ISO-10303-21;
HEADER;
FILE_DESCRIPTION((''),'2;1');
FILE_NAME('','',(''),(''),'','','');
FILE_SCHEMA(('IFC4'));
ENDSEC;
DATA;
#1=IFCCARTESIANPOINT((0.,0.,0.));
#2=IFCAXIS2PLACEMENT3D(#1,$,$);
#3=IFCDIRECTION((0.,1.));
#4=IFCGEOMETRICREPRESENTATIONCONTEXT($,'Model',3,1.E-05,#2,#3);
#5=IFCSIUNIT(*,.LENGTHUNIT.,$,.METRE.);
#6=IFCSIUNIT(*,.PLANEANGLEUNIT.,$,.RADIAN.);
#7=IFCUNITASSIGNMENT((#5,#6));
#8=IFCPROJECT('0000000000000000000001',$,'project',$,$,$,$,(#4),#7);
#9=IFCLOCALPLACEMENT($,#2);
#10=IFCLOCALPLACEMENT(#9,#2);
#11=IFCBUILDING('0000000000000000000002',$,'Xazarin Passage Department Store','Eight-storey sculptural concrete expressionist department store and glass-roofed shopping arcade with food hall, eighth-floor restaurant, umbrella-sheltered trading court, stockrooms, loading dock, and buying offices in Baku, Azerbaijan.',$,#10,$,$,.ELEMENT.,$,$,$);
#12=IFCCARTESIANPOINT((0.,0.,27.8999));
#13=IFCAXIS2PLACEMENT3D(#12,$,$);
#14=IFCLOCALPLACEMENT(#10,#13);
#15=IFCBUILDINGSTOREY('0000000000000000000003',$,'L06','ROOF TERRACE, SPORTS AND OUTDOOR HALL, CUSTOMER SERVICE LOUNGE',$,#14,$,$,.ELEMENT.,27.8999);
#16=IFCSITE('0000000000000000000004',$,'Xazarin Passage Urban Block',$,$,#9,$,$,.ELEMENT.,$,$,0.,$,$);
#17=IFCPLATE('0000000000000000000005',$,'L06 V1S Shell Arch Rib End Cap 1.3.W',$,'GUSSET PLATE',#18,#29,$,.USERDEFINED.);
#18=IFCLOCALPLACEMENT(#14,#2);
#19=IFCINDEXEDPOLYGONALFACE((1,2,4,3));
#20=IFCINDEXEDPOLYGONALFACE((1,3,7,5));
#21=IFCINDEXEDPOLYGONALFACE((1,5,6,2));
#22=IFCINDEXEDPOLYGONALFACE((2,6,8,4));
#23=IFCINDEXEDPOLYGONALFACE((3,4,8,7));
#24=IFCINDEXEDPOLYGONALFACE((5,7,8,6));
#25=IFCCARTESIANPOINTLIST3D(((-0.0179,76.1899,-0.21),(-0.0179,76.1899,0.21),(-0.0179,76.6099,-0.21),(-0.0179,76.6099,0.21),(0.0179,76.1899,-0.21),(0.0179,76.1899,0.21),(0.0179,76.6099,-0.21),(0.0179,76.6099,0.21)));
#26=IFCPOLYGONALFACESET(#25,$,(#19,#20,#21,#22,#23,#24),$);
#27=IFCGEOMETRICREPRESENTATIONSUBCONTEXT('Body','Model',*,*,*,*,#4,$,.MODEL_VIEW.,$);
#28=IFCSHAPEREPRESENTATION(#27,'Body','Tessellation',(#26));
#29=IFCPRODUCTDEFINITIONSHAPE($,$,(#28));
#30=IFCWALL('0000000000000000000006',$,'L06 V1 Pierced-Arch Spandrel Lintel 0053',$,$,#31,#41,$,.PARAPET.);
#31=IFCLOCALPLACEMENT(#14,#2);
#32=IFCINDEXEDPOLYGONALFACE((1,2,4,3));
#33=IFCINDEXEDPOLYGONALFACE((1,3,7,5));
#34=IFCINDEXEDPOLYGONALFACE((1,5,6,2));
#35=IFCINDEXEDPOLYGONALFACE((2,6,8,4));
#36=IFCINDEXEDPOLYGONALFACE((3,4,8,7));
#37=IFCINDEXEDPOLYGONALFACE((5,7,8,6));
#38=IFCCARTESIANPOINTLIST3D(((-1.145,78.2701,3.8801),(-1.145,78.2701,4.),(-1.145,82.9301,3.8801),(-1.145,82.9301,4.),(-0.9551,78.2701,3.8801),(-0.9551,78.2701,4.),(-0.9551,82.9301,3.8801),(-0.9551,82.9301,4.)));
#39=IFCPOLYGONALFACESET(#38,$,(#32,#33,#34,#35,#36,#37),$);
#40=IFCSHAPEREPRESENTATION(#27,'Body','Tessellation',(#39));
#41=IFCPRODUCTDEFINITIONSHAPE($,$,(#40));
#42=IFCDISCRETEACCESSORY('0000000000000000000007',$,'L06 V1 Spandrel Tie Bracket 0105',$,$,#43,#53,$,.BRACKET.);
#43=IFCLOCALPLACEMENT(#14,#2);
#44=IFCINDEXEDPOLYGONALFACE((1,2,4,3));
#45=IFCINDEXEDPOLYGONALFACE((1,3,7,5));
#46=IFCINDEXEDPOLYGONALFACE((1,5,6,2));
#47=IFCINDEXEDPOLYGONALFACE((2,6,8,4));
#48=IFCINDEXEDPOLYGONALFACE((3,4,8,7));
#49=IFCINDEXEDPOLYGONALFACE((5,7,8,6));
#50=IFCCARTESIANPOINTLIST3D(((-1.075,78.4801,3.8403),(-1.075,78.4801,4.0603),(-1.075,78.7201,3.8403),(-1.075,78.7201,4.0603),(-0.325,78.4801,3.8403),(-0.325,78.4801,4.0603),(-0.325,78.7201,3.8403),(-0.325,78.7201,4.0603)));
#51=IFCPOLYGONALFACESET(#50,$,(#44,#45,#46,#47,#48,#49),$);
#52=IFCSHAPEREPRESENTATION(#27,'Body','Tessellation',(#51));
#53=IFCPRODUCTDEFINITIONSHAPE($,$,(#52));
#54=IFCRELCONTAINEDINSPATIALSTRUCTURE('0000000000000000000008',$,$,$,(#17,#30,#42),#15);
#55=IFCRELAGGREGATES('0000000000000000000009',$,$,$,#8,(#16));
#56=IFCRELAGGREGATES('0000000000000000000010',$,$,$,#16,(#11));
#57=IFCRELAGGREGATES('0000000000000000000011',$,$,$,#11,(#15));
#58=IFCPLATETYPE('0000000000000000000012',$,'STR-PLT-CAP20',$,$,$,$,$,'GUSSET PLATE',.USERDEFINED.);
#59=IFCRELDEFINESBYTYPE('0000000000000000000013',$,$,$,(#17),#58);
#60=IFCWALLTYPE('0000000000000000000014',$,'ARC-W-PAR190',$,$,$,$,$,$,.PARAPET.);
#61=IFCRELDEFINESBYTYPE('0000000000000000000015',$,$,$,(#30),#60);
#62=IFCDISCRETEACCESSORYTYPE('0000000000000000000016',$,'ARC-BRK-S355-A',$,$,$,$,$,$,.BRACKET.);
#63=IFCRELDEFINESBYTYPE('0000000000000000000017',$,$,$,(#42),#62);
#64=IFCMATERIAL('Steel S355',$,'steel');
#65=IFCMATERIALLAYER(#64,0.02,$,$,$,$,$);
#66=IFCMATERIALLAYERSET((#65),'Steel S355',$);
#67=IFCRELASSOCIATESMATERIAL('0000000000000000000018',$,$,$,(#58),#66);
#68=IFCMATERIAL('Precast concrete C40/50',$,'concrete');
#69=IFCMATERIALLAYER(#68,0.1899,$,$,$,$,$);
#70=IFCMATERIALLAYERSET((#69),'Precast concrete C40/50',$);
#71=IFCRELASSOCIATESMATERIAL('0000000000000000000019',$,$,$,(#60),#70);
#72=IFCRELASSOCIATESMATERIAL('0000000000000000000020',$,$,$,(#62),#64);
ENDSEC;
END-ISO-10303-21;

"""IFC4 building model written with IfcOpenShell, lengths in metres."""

from ifc_helpers import new_model, si_unit, direction, frame, frame_2d, origin, origin_2d, place, context, subcontext, project, spatial, rectangle, extrude, material, layer, layer_set, type_object, element, save


model = new_model("IFC4")

# Units and contexts
model_context = context("Model", 3, precision=1e-05, world=origin(), true_north=direction((0.0, 1.0)))
body_context = subcontext(model_context, "Body", "Model", "MODEL_VIEW")
ifc_project = project(units=[si_unit("LENGTHUNIT", "METRE"), si_unit("PLANEANGLEUNIT", "RADIAN")], contexts=[model_context])

# Site, building, storey
site_placement = place(None, origin())
site = spatial("IfcSite", under=ifc_project, at=site_placement, Name="Xazarin Passage Urban Block", CompositionType="ELEMENT", RefElevation=0.0)
building_placement = place(site_placement, origin())
building = spatial("IfcBuilding", under=site, at=building_placement, Name="Xazarin Passage Department Store", Description="Eight-storey sculptural concrete expressionist department store and glass-roofed shopping arcade with food hall, eighth-floor restaurant, umbrella-sheltered trading court, stockrooms, loading dock, and buying offices in Baku, Azerbaijan.", CompositionType="ELEMENT")
storey_placement = place(building_placement, frame((0.0, 0.0, 27.8999)))
storey = spatial("IfcBuildingStorey", under=building, at=storey_placement, Name="L06", Description="ROOF TERRACE, SPORTS AND OUTDOOR HALL, CUSTOMER SERVICE LOUNGE", CompositionType="ELEMENT", Elevation=27.8999)

# Shared definitions
ifc_material_1 = material(Name="Steel S355", Category="steel")

# Plate
ifc_material_2 = material(Name="Precast concrete C40/50", Category="concrete")
ifc_layer_1 = layer(ifc_material_1, 0.02)
ifc_layer_set_1 = layer_set([ifc_layer_1], Name="Steel S355")
plate_type_1 = type_object("IfcPlateType", Name="STR-PLT-CAP20", ElementType="GUSSET PLATE", PredefinedType="USERDEFINED", material=ifc_layer_set_1)
plate_1_placement = place(storey_placement, frame((0.0, 76.3999, -0.21), z_axis=(0.0, 0.0, 1.0), x_axis=(1.0, 0.0, 0.0)))
element("IfcPlate", 1, at=plate_1_placement, inside=storey, type_object=plate_type_1, Name="L06 V1S Shell Arch Rib End Cap 1.3.W", ObjectType="GUSSET PLATE", PredefinedType="USERDEFINED", context=body_context, shape_type="SweptSolid", body=[
    extrude(rectangle(XDim=0.0359, YDim=0.4199, at=origin_2d()), origin(), (0.0, 0.0, 1.0), 0.4199),
])

# Wall
ifc_layer_2 = layer(ifc_material_2, 0.1899)
ifc_layer_set_2 = layer_set([ifc_layer_2], Name="Precast concrete C40/50")
wall_type = type_object("IfcWallType", Name="ARC-W-PAR190", PredefinedType="PARAPET", material=ifc_layer_set_2)
wall_placement = place(storey_placement, frame((-1.05, 78.27, 3.8801), z_axis=(0.0, 0.0, 1.0), x_axis=(0.0, 1.0, 0.0)))
element("IfcWall", 2, at=wall_placement, inside=storey, type_object=wall_type, Name="L06 V1 Pierced-Arch Spandrel Lintel 0053", PredefinedType="PARAPET", context=body_context, shape_type="SweptSolid", body=[
    extrude(rectangle(XDim=4.6599, YDim=0.1899, at=frame_2d((2.3301, 0.0))), origin(), (0.0, 0.0, 1.0), 0.1199),
])

# Discrete accessory
discrete_accessory_type = type_object("IfcDiscreteAccessoryType", Name="ARC-BRK-S355-A", PredefinedType="BRACKET", material=ifc_material_1)
discrete_accessory_placement = place(storey_placement, frame((-0.7, 78.6001, 3.8403), z_axis=(0.0, 0.0, 1.0), x_axis=(0.0, 1.0, 0.0)))
element("IfcDiscreteAccessory", 3, at=discrete_accessory_placement, inside=storey, type_object=discrete_accessory_type, Name="L06 V1 Spandrel Tie Bracket 0105", PredefinedType="BRACKET", context=body_context, shape_type="SweptSolid", body=[
    extrude(rectangle(XDim=0.24, YDim=0.75, at=origin_2d()), origin(), (0.0, 0.0, 1.0), 0.22),
])

save(model, "model.ifc")
